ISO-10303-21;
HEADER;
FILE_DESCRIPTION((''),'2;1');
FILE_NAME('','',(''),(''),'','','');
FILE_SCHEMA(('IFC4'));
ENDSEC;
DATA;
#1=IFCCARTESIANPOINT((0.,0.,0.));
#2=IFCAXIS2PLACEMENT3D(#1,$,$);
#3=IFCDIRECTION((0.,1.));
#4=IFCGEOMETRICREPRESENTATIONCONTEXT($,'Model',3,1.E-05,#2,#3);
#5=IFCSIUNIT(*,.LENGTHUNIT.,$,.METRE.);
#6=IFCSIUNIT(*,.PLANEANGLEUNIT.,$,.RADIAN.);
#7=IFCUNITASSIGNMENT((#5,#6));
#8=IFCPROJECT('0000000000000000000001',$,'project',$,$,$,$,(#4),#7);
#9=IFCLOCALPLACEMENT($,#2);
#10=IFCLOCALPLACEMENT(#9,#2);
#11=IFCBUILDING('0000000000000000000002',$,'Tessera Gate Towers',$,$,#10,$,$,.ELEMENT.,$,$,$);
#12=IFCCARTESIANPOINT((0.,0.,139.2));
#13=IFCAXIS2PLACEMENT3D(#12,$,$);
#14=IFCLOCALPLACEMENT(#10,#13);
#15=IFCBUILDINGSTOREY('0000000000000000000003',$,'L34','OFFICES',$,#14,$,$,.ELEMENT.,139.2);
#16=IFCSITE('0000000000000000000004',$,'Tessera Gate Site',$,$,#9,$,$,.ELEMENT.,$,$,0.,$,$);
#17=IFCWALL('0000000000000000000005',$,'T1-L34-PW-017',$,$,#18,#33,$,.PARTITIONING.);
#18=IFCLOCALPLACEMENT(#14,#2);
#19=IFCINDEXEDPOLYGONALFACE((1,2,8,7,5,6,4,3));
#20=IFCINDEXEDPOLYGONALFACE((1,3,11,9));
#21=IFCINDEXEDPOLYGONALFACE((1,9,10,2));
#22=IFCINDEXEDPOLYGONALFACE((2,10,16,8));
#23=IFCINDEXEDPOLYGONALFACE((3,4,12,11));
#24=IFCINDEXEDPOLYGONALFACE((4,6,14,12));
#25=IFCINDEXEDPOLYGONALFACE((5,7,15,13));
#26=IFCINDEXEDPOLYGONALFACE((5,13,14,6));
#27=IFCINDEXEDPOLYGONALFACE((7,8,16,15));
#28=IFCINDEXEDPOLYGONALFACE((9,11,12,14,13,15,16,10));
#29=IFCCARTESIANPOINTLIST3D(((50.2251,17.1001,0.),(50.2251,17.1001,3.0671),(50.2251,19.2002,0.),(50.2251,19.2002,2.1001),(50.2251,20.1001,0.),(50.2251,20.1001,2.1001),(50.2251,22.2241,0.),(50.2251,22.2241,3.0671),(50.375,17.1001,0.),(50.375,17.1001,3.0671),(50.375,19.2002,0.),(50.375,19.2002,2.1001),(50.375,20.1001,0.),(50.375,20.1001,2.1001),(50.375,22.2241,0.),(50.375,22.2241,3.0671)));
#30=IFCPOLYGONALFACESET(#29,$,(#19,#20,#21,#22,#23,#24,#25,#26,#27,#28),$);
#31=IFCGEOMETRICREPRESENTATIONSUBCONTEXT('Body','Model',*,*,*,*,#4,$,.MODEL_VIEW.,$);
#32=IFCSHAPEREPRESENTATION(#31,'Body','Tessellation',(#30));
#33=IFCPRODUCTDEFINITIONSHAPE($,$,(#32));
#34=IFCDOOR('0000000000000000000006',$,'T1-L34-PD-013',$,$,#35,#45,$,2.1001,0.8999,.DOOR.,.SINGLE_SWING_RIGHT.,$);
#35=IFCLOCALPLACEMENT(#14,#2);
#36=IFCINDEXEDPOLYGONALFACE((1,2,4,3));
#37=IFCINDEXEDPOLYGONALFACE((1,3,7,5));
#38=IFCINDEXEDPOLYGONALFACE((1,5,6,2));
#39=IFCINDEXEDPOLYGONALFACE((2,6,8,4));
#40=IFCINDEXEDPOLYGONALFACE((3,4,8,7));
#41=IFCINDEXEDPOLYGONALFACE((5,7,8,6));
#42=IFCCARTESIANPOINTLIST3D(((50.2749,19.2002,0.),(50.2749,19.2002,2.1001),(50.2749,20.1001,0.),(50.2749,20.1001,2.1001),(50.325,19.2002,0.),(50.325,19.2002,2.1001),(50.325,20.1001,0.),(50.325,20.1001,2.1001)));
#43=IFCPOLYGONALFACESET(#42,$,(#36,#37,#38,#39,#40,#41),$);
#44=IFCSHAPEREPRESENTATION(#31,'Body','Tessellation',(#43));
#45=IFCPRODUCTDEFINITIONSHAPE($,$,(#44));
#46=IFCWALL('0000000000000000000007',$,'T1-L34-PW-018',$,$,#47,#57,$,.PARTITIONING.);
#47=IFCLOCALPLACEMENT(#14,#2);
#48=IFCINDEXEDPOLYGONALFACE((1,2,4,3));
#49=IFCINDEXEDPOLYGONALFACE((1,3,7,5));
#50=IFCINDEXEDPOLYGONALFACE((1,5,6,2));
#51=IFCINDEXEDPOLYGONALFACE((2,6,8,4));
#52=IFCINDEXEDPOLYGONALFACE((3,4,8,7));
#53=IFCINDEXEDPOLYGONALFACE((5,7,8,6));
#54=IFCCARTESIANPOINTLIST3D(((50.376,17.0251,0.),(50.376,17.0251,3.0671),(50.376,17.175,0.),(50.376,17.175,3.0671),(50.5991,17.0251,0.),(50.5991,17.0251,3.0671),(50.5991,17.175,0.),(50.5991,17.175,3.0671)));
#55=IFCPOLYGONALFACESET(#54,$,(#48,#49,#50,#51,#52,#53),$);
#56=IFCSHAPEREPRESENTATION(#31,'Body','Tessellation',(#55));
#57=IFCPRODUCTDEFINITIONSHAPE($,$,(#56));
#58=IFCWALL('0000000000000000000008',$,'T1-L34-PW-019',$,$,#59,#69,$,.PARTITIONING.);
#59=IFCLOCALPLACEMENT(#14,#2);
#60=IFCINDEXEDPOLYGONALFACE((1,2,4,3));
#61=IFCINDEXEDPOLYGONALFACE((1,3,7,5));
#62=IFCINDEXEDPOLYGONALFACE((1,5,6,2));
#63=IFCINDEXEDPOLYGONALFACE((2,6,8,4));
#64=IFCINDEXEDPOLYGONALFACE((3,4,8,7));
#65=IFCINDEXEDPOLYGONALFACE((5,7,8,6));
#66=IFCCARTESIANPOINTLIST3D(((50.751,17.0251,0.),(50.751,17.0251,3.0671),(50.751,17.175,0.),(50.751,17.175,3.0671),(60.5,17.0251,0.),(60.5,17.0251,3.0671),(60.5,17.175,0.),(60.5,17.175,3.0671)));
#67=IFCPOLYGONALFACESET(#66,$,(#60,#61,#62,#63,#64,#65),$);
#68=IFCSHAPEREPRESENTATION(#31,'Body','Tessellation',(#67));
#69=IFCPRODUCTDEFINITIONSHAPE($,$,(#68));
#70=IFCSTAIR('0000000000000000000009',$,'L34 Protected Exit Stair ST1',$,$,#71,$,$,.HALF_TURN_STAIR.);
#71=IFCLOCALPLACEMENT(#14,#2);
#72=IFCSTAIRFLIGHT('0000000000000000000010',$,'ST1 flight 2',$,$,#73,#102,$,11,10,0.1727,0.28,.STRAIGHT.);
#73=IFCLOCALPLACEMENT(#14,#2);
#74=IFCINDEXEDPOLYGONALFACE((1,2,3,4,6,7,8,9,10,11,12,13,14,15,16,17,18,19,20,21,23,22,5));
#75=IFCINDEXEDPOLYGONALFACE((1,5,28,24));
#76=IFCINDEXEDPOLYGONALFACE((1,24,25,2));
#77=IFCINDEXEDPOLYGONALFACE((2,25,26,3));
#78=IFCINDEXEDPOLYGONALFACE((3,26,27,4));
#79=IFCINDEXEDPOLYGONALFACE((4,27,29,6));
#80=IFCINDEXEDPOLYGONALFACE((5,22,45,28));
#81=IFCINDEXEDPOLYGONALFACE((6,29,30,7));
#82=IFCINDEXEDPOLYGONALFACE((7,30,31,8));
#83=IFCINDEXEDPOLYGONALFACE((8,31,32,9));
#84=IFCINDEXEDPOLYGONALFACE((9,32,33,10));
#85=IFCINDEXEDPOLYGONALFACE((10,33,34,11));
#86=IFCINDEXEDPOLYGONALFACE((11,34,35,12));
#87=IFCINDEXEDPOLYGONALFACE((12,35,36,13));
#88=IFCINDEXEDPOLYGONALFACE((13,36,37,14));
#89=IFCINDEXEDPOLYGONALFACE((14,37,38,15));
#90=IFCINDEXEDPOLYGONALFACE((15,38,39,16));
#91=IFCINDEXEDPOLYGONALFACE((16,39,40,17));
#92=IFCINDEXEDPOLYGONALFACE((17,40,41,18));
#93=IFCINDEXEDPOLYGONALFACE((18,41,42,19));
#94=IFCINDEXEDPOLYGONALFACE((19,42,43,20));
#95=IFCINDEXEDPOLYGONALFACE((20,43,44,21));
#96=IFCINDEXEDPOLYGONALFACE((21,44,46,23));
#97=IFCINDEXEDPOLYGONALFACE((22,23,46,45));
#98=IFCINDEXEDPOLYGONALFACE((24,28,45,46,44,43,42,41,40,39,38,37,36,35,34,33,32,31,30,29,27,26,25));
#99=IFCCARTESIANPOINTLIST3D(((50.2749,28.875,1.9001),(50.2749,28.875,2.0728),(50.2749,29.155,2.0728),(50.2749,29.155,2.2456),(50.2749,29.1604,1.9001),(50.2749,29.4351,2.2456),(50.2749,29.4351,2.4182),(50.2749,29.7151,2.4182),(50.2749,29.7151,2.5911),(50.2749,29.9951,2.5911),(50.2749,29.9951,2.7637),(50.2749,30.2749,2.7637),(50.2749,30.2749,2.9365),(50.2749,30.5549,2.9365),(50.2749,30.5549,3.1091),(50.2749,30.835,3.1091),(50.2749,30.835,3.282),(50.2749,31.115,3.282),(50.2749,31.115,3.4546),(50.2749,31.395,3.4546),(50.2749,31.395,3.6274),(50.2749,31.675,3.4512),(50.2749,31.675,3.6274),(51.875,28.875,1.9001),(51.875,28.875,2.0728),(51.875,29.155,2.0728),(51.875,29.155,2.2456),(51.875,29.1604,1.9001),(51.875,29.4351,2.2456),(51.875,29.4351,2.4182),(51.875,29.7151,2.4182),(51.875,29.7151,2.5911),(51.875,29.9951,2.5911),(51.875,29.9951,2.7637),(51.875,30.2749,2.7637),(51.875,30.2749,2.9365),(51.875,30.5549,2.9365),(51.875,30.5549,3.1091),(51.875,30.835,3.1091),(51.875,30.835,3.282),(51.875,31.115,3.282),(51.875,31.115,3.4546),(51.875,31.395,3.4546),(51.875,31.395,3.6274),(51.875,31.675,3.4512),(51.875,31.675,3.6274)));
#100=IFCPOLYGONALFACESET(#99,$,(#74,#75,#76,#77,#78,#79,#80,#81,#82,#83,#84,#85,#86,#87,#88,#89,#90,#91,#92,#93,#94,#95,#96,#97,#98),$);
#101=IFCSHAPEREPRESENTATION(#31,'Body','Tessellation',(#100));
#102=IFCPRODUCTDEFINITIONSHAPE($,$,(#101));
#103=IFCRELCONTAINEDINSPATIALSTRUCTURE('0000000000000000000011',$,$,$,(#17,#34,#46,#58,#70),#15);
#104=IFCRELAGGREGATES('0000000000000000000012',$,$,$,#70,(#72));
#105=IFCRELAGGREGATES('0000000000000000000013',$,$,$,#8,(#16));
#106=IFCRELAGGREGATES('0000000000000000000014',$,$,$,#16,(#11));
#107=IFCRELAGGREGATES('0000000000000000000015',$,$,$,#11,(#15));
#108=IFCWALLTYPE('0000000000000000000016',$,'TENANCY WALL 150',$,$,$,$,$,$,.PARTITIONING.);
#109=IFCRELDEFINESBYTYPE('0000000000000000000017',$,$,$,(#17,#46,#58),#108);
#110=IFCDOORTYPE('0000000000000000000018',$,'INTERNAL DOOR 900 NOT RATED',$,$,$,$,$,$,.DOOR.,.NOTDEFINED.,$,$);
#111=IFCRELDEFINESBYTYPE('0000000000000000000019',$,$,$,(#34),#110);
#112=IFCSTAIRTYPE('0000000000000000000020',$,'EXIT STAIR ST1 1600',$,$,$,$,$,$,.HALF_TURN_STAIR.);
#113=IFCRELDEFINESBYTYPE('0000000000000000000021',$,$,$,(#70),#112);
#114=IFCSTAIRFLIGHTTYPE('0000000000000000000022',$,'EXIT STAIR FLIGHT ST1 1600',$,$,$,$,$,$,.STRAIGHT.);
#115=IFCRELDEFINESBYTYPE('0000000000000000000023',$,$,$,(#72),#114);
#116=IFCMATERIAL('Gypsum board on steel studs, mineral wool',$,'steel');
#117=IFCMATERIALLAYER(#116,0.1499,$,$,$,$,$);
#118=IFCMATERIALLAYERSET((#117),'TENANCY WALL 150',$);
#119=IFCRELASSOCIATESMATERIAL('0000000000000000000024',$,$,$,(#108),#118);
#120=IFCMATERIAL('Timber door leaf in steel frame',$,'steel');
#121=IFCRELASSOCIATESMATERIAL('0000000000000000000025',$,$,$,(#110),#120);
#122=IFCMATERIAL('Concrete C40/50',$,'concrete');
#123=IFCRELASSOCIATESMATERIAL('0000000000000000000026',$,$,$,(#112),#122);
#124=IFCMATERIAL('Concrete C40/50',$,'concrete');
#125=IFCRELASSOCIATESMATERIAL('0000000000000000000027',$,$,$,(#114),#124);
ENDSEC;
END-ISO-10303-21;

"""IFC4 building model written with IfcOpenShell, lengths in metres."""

from ifc_helpers import new_model, si_unit, direction, frame, frame_2d, origin, place, context, subcontext, project, spatial, polyline, rectangle, outline, extrude, source, transform, mapped, material, layer, layer_set, type_object, element, fill, aggregate, save


model = new_model("IFC4")

# Units and contexts
model_context = context("Model", 3, precision=1e-05, world=origin(), true_north=direction((0.0, 1.0)))
body_context = subcontext(model_context, "Body", "Model", "MODEL_VIEW")
ifc_project = project(units=[si_unit("LENGTHUNIT", "METRE"), si_unit("PLANEANGLEUNIT", "RADIAN")], contexts=[model_context])

# Site, building, storey
site_placement = place(None, origin())
site = spatial("IfcSite", under=ifc_project, at=site_placement, Name="Tessera Gate Site", CompositionType="ELEMENT", RefElevation=0.0)
building_placement = place(site_placement, origin())
building = spatial("IfcBuilding", under=site, at=building_placement, Name="Tessera Gate Towers", CompositionType="ELEMENT")
storey_placement = place(building_placement, frame((0.0, 0.0, 139.2)))
storey = spatial("IfcBuildingStorey", under=building, at=storey_placement, Name="L34", Description="OFFICES", CompositionType="ELEMENT", Elevation=139.2)

# Shared definitions
shared_shape_1 = source(origin(), body_context, "Body", "SweptSolid", [
    extrude(rectangle(XDim=0.8999, YDim=2.1001, at=frame_2d((0.45, 1.05))), frame((0.0, 0.0249, 0.0), z_axis=(0.0, -1.0, 0.0), x_axis=(1.0, 0.0, 0.0)), (0.0, 0.0, 1.0), 0.05),
])

# Shared definitions
shared_shape_2 = source(origin(), body_context, "Body", "SweptSolid", [
    extrude(rectangle(XDim=0.8999, YDim=2.1001, at=frame_2d((0.45, 1.05))), frame((0.0, 0.085, 0.0), z_axis=(0.0, -1.0, 0.0), x_axis=(1.0, 0.0, 0.0)), (0.0, 0.0, 1.0), 0.1699),
])

# Shared definitions
ifc_material_1 = material(Name="Gypsum board on steel studs, mineral wool", Category="steel")
ifc_layer_1 = layer(ifc_material_1, 0.1499)
ifc_layer_set_1 = layer_set([ifc_layer_1], Name="TENANCY WALL 150")
wall_type_1 = type_object("IfcWallType", Name="TENANCY WALL 150", PredefinedType="PARTITIONING", material=ifc_layer_set_1)
ifc_material_2 = material(Name="Timber door leaf in steel frame", Category="steel")
door_type_1 = type_object("IfcDoorType", Name="INTERNAL DOOR 900 NOT RATED", OperationType="NOTDEFINED", PredefinedType="DOOR", material=ifc_material_2)

# Wall, opening, door
wall_1_placement = place(storey_placement, frame((50.3, 22.2241, 0.0), z_axis=(0.0, 0.0, 1.0), x_axis=(0.0, -1.0, 0.0)))
wall_1 = element("IfcWall", 1, at=wall_1_placement, inside=storey, type_object=wall_type_1, Name="T1-L34-PW-017", PredefinedType="PARTITIONING", context=body_context, shape_type="SweptSolid", body=[
    extrude(rectangle(XDim=5.124, YDim=0.1499, at=frame_2d((2.562, 0.0))), origin(), (0.0, 0.0, 1.0), 3.0671),
])
opening_1_placement = place(wall_1_placement, frame((2.124, 0.0, 0.0)))
opening_1 = element("IfcOpeningElement", 2, at=opening_1_placement, cuts=wall_1, PredefinedType="OPENING", context=body_context, shape_type="MappedRepresentation", body=[
    mapped(shared_shape_2, transform((0.0, 0.0, 0.0), scale=1.0)),
])
door_1_placement = place(opening_1_placement, origin())
door_1 = element("IfcDoor", 3, at=door_1_placement, inside=storey, type_object=door_type_1, Name="T1-L34-PD-013", OperationType="SINGLE_SWING_RIGHT", OverallHeight=2.1001, OverallWidth=0.8999, PredefinedType="DOOR", context=body_context, shape_type="MappedRepresentation", body=[
    mapped(shared_shape_1, transform((0.0, 0.0, 0.0), scale=1.0)),
])
fill(opening_1, door_1)

# Walls
wall_2_placement = place(storey_placement, frame((50.376, 17.1001, 0.0), z_axis=(0.0, 0.0, 1.0), x_axis=(1.0, 0.0, 0.0)))
element("IfcWall", 4, at=wall_2_placement, inside=storey, type_object=wall_type_1, Name="T1-L34-PW-018", PredefinedType="PARTITIONING", context=body_context, shape_type="SweptSolid", body=[
    extrude(rectangle(XDim=0.2231, YDim=0.1499, at=frame_2d((0.1116, 0.0))), origin(), (0.0, 0.0, 1.0), 3.0671),
])
wall_3_placement = place(storey_placement, frame((50.751, 17.1001, 0.0), z_axis=(0.0, 0.0, 1.0), x_axis=(1.0, 0.0, 0.0)))
element("IfcWall", 5, at=wall_3_placement, inside=storey, type_object=wall_type_1, Name="T1-L34-PW-019", PredefinedType="PARTITIONING", context=body_context, shape_type="SweptSolid", body=[
    extrude(rectangle(XDim=9.749, YDim=0.1499, at=frame_2d((4.8745, 0.0))), origin(), (0.0, 0.0, 1.0), 3.0671),
])

# Stair, stair flight
ifc_material_3 = material(Name="Concrete C40/50", Category="concrete")
stair_type = type_object("IfcStairType", Name="EXIT STAIR ST1 1600", PredefinedType="HALF_TURN_STAIR", material=ifc_material_3)
stair_placement = place(storey_placement, origin())
stair = element("IfcStair", 6, at=stair_placement, inside=storey, type_object=stair_type, Name="L34 Protected Exit Stair ST1", PredefinedType="HALF_TURN_STAIR")
ifc_material_4 = material(Name="Concrete C40/50", Category="concrete")
stair_flight_type = type_object("IfcStairFlightType", Name="EXIT STAIR FLIGHT ST1 1600", PredefinedType="STRAIGHT", material=ifc_material_4)
stair_flight_placement = place(storey_placement, frame((51.075, 28.875, 1.9001), z_axis=(0.0, 0.0, 1.0), x_axis=(0.0, 1.0, 0.0)))
stair_flight = element("IfcStairFlight", 7, at=stair_flight_placement, type_object=stair_flight_type, Name="ST1 flight 2", NumberOfRisers=11, NumberOfTreads=10, PredefinedType="STRAIGHT", RiserHeight=0.1727, TreadLength=0.28, context=body_context, shape_type="SweptSolid", body=[
    extrude(outline(polyline([(0.0, 0.0), (0.0, 0.1726), (0.28, 0.1726), (0.28, 0.3455), (0.5601, 0.3455), (0.5601, 0.5181), (0.8401, 0.5181), (0.8401, 0.6909), (1.1201, 0.6909), (1.1201, 0.8635), (1.3999, 0.8635), (1.3999, 1.0364), (1.6799, 1.0364), (1.6799, 1.209), (1.96, 1.209), (1.96, 1.3818), (2.24, 1.3818), (2.24, 1.5544), (2.52, 1.5544), (2.52, 1.7273), (2.8, 1.7273), (2.8, 1.8999), (2.8, 1.551), (0.2854, 0.0), (0.0, 0.0)])), frame((0.0, 0.8, 0.0), z_axis=(0.0, -1.0, 0.0), x_axis=(1.0, 0.0, 0.0)), (0.0, 0.0, 1.0), 1.6001),
])
aggregate(stair, [stair_flight])

save(model, "model.ifc")
